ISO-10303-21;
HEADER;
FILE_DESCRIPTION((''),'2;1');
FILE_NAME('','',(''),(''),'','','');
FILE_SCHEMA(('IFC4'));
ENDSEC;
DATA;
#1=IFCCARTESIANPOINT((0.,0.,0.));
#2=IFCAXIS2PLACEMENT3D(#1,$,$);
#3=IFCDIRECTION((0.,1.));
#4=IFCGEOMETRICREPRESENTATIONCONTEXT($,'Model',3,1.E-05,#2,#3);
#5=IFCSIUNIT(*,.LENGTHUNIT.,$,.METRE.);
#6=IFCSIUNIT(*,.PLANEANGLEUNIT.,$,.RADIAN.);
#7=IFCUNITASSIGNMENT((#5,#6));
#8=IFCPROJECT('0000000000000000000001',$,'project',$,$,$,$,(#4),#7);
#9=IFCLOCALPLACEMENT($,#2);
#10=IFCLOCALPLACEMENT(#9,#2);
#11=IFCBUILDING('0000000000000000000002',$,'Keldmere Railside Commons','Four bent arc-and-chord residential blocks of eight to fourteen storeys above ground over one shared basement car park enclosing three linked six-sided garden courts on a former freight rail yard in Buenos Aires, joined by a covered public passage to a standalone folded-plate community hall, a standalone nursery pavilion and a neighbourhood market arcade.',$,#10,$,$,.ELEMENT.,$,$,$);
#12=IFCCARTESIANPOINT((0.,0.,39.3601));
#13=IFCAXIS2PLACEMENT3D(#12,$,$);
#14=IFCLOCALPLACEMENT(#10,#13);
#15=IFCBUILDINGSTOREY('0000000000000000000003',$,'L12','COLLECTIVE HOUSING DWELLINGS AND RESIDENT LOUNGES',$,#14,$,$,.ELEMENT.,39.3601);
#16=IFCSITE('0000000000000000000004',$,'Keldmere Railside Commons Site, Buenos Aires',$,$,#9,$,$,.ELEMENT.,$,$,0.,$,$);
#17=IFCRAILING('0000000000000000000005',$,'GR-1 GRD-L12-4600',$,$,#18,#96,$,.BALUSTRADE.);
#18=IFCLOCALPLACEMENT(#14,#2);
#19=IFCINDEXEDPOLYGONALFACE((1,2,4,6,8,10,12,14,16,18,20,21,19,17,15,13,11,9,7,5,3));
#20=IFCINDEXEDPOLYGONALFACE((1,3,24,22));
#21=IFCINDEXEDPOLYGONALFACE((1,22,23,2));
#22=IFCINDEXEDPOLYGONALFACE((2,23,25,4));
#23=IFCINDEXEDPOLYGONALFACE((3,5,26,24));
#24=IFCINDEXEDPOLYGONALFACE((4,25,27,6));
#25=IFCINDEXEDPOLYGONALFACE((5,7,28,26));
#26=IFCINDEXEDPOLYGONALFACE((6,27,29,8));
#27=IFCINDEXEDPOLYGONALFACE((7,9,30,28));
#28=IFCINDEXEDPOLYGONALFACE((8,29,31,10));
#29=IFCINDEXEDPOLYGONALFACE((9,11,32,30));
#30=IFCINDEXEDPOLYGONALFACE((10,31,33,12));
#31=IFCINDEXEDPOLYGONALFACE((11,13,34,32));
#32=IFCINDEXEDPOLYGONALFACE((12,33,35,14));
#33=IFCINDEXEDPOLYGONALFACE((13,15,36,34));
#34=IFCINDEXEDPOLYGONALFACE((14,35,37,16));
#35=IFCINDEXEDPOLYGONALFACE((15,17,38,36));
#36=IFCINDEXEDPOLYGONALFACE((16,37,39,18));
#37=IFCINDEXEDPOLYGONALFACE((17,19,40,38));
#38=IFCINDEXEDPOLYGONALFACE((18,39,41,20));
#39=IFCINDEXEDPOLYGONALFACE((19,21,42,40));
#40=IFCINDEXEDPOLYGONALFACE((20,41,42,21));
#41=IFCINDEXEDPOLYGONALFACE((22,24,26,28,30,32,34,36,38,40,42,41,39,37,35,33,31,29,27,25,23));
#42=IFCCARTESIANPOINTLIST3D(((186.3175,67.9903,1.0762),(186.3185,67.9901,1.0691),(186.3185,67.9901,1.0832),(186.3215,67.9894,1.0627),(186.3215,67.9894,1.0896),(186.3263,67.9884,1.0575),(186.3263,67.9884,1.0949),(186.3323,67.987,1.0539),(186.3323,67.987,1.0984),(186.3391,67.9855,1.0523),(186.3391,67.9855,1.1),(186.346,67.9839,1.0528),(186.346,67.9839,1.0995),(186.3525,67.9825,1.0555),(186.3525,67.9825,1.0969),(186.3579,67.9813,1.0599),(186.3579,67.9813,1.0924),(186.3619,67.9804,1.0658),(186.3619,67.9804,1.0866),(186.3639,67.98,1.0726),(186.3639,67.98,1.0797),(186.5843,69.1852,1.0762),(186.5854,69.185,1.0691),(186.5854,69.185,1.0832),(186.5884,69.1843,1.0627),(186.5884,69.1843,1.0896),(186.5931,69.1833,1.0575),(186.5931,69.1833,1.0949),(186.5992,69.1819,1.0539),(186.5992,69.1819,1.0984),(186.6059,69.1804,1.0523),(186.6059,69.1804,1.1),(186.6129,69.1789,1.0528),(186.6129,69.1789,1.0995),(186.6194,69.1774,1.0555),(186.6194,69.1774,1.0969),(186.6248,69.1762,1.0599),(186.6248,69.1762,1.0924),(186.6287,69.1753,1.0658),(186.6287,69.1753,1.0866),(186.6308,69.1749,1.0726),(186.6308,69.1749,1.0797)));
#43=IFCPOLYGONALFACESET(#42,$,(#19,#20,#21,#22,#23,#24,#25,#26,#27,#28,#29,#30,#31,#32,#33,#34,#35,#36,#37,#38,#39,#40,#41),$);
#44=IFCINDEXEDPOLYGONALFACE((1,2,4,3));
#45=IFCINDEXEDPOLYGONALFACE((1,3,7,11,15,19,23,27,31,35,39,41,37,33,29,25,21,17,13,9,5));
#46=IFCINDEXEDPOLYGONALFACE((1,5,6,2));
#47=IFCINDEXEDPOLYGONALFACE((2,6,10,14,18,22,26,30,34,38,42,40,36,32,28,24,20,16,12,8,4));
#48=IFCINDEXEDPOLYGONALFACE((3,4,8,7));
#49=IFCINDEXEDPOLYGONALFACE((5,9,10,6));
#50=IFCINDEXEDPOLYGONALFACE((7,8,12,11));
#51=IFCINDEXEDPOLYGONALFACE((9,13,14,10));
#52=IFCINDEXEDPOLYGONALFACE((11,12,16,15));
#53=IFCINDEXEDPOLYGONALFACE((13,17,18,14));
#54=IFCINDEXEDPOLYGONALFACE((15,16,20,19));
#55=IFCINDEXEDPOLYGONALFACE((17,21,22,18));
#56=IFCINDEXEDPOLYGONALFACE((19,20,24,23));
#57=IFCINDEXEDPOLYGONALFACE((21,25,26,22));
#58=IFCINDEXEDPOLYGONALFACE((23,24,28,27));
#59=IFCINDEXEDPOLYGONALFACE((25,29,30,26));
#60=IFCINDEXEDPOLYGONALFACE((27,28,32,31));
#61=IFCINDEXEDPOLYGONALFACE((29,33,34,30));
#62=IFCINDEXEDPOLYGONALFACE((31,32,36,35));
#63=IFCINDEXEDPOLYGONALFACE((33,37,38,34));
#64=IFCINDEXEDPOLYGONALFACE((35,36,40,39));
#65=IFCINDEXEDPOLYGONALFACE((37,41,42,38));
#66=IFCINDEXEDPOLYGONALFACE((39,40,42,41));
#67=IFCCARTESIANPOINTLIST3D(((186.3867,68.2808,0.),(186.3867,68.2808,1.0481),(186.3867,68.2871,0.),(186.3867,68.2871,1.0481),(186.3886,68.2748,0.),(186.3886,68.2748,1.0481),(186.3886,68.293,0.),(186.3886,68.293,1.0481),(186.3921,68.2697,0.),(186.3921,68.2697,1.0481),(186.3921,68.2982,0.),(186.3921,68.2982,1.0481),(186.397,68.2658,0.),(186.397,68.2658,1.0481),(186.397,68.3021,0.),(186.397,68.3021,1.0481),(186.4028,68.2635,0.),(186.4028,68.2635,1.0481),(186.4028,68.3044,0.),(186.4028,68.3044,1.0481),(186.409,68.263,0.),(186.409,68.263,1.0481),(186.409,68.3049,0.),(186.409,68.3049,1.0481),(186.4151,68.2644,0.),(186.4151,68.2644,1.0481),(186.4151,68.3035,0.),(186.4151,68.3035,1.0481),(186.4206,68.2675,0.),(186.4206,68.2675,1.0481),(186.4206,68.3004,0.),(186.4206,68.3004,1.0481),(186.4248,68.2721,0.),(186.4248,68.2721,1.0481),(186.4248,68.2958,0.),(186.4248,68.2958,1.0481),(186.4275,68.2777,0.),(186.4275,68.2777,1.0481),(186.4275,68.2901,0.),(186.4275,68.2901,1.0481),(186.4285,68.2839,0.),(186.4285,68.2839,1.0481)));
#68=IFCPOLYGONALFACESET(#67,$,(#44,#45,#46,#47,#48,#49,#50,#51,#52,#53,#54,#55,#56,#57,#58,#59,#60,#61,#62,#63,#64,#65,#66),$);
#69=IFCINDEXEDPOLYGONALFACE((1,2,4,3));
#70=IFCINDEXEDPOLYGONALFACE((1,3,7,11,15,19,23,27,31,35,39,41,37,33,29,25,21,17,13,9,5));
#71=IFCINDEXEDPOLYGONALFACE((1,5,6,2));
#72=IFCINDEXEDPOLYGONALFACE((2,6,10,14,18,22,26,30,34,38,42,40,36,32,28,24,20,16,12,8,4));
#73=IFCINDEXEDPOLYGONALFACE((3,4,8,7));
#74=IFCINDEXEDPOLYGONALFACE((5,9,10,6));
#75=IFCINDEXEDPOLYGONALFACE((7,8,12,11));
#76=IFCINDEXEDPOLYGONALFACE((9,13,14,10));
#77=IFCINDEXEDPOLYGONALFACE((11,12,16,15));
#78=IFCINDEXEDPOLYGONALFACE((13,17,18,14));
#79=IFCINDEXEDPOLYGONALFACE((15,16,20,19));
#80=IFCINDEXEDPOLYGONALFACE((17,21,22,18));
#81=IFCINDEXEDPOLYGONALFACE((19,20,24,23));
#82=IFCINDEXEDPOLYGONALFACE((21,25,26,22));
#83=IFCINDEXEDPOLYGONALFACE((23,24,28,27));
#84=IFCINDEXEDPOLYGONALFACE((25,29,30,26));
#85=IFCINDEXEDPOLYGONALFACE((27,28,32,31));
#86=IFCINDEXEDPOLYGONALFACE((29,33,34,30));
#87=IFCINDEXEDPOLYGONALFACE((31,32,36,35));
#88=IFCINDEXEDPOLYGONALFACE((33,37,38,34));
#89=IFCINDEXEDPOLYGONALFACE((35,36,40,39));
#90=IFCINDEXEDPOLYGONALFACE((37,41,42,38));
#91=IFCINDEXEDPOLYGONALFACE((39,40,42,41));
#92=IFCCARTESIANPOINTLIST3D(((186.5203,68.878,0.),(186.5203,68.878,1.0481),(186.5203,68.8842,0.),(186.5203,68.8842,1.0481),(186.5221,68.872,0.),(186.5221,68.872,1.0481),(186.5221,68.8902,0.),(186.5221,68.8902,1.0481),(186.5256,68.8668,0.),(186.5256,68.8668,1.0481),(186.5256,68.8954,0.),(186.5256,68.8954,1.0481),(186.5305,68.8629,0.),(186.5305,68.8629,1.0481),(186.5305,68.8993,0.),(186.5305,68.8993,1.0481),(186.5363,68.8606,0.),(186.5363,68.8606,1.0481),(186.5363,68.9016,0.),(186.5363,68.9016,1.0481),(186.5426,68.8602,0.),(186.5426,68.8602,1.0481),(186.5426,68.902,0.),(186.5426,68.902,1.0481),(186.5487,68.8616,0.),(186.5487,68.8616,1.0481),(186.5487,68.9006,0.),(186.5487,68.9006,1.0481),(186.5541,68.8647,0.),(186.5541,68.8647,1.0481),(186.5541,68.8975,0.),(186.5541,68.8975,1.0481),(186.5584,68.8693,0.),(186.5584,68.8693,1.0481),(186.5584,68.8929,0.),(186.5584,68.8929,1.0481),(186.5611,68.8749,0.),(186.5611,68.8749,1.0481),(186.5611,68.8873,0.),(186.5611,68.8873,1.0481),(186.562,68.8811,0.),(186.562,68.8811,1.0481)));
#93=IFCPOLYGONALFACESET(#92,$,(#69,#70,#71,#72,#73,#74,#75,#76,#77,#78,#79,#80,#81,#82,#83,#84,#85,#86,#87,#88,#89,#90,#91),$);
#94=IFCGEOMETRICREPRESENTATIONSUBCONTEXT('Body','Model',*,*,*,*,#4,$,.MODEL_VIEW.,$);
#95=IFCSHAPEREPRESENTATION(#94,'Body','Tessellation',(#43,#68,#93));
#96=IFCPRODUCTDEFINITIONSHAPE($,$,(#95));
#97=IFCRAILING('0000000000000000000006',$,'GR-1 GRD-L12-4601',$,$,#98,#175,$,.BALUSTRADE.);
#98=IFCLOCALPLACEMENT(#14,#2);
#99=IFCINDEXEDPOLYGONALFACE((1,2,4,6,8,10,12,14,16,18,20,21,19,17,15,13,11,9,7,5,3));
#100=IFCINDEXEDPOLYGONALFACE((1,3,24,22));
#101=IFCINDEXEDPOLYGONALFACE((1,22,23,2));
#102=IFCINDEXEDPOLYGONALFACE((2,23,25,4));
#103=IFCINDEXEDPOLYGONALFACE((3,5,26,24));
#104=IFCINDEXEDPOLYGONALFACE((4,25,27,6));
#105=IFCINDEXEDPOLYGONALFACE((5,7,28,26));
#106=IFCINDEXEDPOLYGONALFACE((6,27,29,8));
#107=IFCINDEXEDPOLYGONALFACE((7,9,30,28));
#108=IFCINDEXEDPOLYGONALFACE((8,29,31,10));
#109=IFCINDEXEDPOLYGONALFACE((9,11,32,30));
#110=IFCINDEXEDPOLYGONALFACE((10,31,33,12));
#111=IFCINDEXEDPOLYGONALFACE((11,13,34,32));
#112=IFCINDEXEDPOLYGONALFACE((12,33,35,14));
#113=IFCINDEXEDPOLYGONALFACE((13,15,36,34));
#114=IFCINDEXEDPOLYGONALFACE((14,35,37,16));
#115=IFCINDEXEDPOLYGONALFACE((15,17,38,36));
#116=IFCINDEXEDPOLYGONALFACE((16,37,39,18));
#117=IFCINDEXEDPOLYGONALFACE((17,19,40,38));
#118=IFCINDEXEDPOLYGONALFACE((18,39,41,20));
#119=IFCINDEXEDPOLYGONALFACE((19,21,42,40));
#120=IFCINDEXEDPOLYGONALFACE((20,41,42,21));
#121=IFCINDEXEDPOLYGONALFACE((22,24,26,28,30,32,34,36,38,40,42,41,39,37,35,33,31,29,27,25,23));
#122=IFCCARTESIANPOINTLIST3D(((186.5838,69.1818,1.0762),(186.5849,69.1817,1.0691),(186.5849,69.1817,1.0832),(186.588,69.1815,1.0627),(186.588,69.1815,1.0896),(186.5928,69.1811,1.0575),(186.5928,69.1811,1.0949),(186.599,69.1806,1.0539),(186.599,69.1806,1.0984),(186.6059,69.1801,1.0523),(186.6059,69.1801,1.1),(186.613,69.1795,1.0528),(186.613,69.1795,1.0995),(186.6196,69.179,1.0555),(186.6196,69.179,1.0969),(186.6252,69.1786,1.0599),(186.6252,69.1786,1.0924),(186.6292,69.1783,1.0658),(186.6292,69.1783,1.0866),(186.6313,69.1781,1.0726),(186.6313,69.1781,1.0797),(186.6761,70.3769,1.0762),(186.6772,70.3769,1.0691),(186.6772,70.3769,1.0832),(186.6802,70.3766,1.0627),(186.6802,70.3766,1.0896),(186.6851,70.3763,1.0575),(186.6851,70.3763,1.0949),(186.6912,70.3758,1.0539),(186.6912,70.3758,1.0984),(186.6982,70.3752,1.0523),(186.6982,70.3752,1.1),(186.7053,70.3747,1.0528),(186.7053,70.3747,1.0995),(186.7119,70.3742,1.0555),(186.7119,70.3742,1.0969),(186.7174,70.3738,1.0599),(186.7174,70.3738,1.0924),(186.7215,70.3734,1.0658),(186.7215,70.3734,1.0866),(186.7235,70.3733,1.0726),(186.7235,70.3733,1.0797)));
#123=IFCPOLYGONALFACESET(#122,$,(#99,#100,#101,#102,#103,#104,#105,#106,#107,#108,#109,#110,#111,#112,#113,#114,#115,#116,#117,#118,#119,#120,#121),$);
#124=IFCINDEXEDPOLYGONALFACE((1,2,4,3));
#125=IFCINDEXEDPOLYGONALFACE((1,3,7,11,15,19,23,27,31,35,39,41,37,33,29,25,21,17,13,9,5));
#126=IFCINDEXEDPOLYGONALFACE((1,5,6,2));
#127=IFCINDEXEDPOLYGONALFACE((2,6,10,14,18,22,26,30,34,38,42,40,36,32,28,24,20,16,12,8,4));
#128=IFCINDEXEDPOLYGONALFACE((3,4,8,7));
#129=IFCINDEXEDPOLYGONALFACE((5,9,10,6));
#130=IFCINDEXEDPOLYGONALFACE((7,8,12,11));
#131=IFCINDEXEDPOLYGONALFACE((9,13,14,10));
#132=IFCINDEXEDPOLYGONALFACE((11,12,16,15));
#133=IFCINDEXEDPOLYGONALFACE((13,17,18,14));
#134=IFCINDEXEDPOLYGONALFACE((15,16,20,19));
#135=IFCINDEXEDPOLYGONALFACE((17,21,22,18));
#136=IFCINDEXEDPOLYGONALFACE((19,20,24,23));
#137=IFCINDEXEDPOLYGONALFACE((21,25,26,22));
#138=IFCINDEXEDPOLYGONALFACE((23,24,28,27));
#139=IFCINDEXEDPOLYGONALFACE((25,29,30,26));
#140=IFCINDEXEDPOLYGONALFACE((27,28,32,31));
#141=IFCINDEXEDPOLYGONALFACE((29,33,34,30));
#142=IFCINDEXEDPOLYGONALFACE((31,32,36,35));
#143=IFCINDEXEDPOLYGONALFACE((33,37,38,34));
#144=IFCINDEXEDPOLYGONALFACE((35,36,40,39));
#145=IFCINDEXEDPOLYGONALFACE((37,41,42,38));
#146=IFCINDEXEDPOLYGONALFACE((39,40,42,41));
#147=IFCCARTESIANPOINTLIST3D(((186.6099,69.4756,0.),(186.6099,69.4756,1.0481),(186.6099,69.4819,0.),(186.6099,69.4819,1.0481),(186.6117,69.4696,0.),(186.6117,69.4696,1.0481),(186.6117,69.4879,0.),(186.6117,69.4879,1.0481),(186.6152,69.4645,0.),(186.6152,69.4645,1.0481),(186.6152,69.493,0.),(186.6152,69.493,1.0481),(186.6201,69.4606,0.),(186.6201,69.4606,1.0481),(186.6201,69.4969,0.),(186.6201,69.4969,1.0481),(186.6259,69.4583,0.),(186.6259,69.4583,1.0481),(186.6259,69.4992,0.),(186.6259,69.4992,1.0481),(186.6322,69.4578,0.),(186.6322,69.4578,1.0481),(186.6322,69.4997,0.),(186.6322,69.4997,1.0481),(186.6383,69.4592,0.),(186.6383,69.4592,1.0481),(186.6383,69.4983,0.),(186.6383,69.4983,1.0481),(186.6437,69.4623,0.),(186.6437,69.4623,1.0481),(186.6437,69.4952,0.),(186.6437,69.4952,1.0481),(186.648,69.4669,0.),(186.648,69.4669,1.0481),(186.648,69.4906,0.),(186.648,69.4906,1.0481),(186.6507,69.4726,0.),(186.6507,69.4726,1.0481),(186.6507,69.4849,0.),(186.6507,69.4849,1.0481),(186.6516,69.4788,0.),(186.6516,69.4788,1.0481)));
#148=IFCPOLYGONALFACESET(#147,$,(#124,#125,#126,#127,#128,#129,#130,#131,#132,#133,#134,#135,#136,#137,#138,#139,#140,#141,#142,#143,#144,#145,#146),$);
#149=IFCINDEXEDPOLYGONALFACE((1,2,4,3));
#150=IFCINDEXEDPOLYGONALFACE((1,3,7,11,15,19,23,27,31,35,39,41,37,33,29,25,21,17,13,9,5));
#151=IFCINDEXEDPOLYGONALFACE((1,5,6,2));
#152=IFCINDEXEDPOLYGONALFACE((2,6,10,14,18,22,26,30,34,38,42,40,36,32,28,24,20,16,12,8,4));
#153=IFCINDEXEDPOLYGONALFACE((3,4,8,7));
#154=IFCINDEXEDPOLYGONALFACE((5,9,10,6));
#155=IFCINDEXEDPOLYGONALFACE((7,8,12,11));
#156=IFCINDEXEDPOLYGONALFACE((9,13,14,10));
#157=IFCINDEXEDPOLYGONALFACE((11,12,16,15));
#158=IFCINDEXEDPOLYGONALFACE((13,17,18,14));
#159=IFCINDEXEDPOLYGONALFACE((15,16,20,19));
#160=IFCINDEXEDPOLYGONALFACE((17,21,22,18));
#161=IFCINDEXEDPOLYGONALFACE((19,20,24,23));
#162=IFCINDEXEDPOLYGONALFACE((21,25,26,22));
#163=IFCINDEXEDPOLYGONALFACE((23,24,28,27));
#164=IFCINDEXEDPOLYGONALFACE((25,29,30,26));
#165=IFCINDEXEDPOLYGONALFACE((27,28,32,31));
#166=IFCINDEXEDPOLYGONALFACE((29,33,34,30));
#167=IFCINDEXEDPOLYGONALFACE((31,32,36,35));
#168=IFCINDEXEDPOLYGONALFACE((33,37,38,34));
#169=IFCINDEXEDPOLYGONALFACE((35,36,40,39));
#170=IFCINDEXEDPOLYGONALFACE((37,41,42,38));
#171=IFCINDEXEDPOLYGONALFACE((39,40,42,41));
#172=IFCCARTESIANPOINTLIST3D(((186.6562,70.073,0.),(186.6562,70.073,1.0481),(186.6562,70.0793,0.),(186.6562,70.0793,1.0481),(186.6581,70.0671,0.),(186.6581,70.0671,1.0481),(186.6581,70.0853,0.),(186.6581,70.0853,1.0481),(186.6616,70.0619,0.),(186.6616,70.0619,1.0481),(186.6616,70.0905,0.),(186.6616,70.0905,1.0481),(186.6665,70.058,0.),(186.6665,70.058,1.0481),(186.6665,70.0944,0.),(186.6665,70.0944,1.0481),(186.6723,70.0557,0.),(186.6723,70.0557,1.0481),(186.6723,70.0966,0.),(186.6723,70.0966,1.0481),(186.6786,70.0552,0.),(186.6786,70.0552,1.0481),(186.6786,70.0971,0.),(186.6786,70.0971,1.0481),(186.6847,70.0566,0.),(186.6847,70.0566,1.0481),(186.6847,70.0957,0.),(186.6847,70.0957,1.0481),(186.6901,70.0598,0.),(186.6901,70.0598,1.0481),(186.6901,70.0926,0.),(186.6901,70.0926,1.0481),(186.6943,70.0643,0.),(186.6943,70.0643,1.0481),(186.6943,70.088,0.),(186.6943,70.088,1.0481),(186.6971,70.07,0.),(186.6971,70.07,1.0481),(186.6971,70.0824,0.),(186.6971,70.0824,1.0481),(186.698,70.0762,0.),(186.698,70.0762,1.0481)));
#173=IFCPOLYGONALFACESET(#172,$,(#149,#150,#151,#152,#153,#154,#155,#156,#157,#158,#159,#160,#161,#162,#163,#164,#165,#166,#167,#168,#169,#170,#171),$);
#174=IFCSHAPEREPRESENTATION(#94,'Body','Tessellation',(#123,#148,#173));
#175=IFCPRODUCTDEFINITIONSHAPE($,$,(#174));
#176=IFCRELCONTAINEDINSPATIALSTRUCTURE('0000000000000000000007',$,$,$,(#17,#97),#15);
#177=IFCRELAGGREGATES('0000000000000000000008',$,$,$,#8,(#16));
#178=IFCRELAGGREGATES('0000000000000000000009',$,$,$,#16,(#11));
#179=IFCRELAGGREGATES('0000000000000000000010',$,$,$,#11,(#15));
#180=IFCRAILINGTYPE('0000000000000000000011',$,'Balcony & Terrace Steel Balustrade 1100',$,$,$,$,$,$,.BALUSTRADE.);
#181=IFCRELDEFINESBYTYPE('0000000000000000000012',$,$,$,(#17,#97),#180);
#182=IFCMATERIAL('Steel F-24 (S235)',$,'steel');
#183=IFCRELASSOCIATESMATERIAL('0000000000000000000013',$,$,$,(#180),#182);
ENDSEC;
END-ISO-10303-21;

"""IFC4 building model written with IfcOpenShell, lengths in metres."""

from ifc_helpers import new_model, si_unit, direction, frame, origin, origin_2d, place, context, subcontext, project, spatial, circle, extrude, material, type_object, element, save


model = new_model("IFC4")

# Units and contexts
model_context = context("Model", 3, precision=1e-05, world=origin(), true_north=direction((0.0, 1.0)))
body_context = subcontext(model_context, "Body", "Model", "MODEL_VIEW")
ifc_project = project(units=[si_unit("LENGTHUNIT", "METRE"), si_unit("PLANEANGLEUNIT", "RADIAN")], contexts=[model_context])

# Site, building, storey
site_placement = place(None, origin())
site = spatial("IfcSite", under=ifc_project, at=site_placement, Name="Keldmere Railside Commons Site, Buenos Aires", CompositionType="ELEMENT", RefElevation=0.0)
building_placement = place(site_placement, origin())
building = spatial("IfcBuilding", under=site, at=building_placement, Name="Keldmere Railside Commons", Description="Four bent arc-and-chord residential blocks of eight to fourteen storeys above ground over one shared basement car park enclosing three linked six-sided garden courts on a former freight rail yard in Buenos Aires, joined by a covered public passage to a standalone folded-plate community hall, a standalone nursery pavilion and a neighbourhood market arcade.", CompositionType="ELEMENT")
storey_placement = place(building_placement, frame((0.0, 0.0, 39.3601)))
storey = spatial("IfcBuildingStorey", under=building, at=storey_placement, Name="L12", Description="COLLECTIVE HOUSING DWELLINGS AND RESIDENT LOUNGES", CompositionType="ELEMENT", Elevation=39.3601)

# Railings
ifc_material_1 = material(Name="Steel F-24 (S235)", Category="steel")
railing_type_1 = type_object("IfcRailingType", Name="Balcony & Terrace Steel Balustrade 1100", PredefinedType="BALUSTRADE", material=ifc_material_1)
railing_1_placement = place(storey_placement, frame((186.3408, 67.9851, 0.0)))
element("IfcRailing", 1, at=railing_1_placement, inside=storey, type_object=railing_type_1, Name="GR-1 GRD-L12-4600", PredefinedType="BALUSTRADE", context=body_context, shape_type="SweptSolid", body=[
    extrude(circle(Radius=0.0239, at=origin_2d()), frame((0.0, 0.0, 1.0762), z_axis=(0.217965, 0.975957, 0.0), x_axis=(-0.975957, 0.217965, 0.0)), (0.0, 0.0, 1.0), 1.2244),
    extrude(circle(Radius=0.021, at=origin_2d()), frame((0.0667, 0.2988, 0.0)), (0.0, 0.0, 1.0), 1.0481),
    extrude(circle(Radius=0.021, at=origin_2d()), frame((0.2002, 0.896, 0.0)), (0.0, 0.0, 1.0), 1.0481),
])
railing_2_placement = place(storey_placement, frame((186.6077, 69.1799, 0.0)))
element("IfcRailing", 2, at=railing_2_placement, inside=storey, type_object=railing_type_1, Name="GR-1 GRD-L12-4601", PredefinedType="BALUSTRADE", context=body_context, shape_type="SweptSolid", body=[
    extrude(circle(Radius=0.0239, at=origin_2d()), frame((0.0, 0.0, 1.0762), z_axis=(0.076992, 0.997032, 0.0), x_axis=(-0.997032, 0.076992, 0.0)), (0.0, 0.0, 1.0), 1.1987),
    extrude(circle(Radius=0.021, at=origin_2d()), frame((0.0229, 0.2988, 0.0)), (0.0, 0.0, 1.0), 1.0481),
    extrude(circle(Radius=0.021, at=origin_2d()), frame((0.0693, 0.8962, 0.0)), (0.0, 0.0, 1.0), 1.0481),
])

save(model, "model.ifc")
